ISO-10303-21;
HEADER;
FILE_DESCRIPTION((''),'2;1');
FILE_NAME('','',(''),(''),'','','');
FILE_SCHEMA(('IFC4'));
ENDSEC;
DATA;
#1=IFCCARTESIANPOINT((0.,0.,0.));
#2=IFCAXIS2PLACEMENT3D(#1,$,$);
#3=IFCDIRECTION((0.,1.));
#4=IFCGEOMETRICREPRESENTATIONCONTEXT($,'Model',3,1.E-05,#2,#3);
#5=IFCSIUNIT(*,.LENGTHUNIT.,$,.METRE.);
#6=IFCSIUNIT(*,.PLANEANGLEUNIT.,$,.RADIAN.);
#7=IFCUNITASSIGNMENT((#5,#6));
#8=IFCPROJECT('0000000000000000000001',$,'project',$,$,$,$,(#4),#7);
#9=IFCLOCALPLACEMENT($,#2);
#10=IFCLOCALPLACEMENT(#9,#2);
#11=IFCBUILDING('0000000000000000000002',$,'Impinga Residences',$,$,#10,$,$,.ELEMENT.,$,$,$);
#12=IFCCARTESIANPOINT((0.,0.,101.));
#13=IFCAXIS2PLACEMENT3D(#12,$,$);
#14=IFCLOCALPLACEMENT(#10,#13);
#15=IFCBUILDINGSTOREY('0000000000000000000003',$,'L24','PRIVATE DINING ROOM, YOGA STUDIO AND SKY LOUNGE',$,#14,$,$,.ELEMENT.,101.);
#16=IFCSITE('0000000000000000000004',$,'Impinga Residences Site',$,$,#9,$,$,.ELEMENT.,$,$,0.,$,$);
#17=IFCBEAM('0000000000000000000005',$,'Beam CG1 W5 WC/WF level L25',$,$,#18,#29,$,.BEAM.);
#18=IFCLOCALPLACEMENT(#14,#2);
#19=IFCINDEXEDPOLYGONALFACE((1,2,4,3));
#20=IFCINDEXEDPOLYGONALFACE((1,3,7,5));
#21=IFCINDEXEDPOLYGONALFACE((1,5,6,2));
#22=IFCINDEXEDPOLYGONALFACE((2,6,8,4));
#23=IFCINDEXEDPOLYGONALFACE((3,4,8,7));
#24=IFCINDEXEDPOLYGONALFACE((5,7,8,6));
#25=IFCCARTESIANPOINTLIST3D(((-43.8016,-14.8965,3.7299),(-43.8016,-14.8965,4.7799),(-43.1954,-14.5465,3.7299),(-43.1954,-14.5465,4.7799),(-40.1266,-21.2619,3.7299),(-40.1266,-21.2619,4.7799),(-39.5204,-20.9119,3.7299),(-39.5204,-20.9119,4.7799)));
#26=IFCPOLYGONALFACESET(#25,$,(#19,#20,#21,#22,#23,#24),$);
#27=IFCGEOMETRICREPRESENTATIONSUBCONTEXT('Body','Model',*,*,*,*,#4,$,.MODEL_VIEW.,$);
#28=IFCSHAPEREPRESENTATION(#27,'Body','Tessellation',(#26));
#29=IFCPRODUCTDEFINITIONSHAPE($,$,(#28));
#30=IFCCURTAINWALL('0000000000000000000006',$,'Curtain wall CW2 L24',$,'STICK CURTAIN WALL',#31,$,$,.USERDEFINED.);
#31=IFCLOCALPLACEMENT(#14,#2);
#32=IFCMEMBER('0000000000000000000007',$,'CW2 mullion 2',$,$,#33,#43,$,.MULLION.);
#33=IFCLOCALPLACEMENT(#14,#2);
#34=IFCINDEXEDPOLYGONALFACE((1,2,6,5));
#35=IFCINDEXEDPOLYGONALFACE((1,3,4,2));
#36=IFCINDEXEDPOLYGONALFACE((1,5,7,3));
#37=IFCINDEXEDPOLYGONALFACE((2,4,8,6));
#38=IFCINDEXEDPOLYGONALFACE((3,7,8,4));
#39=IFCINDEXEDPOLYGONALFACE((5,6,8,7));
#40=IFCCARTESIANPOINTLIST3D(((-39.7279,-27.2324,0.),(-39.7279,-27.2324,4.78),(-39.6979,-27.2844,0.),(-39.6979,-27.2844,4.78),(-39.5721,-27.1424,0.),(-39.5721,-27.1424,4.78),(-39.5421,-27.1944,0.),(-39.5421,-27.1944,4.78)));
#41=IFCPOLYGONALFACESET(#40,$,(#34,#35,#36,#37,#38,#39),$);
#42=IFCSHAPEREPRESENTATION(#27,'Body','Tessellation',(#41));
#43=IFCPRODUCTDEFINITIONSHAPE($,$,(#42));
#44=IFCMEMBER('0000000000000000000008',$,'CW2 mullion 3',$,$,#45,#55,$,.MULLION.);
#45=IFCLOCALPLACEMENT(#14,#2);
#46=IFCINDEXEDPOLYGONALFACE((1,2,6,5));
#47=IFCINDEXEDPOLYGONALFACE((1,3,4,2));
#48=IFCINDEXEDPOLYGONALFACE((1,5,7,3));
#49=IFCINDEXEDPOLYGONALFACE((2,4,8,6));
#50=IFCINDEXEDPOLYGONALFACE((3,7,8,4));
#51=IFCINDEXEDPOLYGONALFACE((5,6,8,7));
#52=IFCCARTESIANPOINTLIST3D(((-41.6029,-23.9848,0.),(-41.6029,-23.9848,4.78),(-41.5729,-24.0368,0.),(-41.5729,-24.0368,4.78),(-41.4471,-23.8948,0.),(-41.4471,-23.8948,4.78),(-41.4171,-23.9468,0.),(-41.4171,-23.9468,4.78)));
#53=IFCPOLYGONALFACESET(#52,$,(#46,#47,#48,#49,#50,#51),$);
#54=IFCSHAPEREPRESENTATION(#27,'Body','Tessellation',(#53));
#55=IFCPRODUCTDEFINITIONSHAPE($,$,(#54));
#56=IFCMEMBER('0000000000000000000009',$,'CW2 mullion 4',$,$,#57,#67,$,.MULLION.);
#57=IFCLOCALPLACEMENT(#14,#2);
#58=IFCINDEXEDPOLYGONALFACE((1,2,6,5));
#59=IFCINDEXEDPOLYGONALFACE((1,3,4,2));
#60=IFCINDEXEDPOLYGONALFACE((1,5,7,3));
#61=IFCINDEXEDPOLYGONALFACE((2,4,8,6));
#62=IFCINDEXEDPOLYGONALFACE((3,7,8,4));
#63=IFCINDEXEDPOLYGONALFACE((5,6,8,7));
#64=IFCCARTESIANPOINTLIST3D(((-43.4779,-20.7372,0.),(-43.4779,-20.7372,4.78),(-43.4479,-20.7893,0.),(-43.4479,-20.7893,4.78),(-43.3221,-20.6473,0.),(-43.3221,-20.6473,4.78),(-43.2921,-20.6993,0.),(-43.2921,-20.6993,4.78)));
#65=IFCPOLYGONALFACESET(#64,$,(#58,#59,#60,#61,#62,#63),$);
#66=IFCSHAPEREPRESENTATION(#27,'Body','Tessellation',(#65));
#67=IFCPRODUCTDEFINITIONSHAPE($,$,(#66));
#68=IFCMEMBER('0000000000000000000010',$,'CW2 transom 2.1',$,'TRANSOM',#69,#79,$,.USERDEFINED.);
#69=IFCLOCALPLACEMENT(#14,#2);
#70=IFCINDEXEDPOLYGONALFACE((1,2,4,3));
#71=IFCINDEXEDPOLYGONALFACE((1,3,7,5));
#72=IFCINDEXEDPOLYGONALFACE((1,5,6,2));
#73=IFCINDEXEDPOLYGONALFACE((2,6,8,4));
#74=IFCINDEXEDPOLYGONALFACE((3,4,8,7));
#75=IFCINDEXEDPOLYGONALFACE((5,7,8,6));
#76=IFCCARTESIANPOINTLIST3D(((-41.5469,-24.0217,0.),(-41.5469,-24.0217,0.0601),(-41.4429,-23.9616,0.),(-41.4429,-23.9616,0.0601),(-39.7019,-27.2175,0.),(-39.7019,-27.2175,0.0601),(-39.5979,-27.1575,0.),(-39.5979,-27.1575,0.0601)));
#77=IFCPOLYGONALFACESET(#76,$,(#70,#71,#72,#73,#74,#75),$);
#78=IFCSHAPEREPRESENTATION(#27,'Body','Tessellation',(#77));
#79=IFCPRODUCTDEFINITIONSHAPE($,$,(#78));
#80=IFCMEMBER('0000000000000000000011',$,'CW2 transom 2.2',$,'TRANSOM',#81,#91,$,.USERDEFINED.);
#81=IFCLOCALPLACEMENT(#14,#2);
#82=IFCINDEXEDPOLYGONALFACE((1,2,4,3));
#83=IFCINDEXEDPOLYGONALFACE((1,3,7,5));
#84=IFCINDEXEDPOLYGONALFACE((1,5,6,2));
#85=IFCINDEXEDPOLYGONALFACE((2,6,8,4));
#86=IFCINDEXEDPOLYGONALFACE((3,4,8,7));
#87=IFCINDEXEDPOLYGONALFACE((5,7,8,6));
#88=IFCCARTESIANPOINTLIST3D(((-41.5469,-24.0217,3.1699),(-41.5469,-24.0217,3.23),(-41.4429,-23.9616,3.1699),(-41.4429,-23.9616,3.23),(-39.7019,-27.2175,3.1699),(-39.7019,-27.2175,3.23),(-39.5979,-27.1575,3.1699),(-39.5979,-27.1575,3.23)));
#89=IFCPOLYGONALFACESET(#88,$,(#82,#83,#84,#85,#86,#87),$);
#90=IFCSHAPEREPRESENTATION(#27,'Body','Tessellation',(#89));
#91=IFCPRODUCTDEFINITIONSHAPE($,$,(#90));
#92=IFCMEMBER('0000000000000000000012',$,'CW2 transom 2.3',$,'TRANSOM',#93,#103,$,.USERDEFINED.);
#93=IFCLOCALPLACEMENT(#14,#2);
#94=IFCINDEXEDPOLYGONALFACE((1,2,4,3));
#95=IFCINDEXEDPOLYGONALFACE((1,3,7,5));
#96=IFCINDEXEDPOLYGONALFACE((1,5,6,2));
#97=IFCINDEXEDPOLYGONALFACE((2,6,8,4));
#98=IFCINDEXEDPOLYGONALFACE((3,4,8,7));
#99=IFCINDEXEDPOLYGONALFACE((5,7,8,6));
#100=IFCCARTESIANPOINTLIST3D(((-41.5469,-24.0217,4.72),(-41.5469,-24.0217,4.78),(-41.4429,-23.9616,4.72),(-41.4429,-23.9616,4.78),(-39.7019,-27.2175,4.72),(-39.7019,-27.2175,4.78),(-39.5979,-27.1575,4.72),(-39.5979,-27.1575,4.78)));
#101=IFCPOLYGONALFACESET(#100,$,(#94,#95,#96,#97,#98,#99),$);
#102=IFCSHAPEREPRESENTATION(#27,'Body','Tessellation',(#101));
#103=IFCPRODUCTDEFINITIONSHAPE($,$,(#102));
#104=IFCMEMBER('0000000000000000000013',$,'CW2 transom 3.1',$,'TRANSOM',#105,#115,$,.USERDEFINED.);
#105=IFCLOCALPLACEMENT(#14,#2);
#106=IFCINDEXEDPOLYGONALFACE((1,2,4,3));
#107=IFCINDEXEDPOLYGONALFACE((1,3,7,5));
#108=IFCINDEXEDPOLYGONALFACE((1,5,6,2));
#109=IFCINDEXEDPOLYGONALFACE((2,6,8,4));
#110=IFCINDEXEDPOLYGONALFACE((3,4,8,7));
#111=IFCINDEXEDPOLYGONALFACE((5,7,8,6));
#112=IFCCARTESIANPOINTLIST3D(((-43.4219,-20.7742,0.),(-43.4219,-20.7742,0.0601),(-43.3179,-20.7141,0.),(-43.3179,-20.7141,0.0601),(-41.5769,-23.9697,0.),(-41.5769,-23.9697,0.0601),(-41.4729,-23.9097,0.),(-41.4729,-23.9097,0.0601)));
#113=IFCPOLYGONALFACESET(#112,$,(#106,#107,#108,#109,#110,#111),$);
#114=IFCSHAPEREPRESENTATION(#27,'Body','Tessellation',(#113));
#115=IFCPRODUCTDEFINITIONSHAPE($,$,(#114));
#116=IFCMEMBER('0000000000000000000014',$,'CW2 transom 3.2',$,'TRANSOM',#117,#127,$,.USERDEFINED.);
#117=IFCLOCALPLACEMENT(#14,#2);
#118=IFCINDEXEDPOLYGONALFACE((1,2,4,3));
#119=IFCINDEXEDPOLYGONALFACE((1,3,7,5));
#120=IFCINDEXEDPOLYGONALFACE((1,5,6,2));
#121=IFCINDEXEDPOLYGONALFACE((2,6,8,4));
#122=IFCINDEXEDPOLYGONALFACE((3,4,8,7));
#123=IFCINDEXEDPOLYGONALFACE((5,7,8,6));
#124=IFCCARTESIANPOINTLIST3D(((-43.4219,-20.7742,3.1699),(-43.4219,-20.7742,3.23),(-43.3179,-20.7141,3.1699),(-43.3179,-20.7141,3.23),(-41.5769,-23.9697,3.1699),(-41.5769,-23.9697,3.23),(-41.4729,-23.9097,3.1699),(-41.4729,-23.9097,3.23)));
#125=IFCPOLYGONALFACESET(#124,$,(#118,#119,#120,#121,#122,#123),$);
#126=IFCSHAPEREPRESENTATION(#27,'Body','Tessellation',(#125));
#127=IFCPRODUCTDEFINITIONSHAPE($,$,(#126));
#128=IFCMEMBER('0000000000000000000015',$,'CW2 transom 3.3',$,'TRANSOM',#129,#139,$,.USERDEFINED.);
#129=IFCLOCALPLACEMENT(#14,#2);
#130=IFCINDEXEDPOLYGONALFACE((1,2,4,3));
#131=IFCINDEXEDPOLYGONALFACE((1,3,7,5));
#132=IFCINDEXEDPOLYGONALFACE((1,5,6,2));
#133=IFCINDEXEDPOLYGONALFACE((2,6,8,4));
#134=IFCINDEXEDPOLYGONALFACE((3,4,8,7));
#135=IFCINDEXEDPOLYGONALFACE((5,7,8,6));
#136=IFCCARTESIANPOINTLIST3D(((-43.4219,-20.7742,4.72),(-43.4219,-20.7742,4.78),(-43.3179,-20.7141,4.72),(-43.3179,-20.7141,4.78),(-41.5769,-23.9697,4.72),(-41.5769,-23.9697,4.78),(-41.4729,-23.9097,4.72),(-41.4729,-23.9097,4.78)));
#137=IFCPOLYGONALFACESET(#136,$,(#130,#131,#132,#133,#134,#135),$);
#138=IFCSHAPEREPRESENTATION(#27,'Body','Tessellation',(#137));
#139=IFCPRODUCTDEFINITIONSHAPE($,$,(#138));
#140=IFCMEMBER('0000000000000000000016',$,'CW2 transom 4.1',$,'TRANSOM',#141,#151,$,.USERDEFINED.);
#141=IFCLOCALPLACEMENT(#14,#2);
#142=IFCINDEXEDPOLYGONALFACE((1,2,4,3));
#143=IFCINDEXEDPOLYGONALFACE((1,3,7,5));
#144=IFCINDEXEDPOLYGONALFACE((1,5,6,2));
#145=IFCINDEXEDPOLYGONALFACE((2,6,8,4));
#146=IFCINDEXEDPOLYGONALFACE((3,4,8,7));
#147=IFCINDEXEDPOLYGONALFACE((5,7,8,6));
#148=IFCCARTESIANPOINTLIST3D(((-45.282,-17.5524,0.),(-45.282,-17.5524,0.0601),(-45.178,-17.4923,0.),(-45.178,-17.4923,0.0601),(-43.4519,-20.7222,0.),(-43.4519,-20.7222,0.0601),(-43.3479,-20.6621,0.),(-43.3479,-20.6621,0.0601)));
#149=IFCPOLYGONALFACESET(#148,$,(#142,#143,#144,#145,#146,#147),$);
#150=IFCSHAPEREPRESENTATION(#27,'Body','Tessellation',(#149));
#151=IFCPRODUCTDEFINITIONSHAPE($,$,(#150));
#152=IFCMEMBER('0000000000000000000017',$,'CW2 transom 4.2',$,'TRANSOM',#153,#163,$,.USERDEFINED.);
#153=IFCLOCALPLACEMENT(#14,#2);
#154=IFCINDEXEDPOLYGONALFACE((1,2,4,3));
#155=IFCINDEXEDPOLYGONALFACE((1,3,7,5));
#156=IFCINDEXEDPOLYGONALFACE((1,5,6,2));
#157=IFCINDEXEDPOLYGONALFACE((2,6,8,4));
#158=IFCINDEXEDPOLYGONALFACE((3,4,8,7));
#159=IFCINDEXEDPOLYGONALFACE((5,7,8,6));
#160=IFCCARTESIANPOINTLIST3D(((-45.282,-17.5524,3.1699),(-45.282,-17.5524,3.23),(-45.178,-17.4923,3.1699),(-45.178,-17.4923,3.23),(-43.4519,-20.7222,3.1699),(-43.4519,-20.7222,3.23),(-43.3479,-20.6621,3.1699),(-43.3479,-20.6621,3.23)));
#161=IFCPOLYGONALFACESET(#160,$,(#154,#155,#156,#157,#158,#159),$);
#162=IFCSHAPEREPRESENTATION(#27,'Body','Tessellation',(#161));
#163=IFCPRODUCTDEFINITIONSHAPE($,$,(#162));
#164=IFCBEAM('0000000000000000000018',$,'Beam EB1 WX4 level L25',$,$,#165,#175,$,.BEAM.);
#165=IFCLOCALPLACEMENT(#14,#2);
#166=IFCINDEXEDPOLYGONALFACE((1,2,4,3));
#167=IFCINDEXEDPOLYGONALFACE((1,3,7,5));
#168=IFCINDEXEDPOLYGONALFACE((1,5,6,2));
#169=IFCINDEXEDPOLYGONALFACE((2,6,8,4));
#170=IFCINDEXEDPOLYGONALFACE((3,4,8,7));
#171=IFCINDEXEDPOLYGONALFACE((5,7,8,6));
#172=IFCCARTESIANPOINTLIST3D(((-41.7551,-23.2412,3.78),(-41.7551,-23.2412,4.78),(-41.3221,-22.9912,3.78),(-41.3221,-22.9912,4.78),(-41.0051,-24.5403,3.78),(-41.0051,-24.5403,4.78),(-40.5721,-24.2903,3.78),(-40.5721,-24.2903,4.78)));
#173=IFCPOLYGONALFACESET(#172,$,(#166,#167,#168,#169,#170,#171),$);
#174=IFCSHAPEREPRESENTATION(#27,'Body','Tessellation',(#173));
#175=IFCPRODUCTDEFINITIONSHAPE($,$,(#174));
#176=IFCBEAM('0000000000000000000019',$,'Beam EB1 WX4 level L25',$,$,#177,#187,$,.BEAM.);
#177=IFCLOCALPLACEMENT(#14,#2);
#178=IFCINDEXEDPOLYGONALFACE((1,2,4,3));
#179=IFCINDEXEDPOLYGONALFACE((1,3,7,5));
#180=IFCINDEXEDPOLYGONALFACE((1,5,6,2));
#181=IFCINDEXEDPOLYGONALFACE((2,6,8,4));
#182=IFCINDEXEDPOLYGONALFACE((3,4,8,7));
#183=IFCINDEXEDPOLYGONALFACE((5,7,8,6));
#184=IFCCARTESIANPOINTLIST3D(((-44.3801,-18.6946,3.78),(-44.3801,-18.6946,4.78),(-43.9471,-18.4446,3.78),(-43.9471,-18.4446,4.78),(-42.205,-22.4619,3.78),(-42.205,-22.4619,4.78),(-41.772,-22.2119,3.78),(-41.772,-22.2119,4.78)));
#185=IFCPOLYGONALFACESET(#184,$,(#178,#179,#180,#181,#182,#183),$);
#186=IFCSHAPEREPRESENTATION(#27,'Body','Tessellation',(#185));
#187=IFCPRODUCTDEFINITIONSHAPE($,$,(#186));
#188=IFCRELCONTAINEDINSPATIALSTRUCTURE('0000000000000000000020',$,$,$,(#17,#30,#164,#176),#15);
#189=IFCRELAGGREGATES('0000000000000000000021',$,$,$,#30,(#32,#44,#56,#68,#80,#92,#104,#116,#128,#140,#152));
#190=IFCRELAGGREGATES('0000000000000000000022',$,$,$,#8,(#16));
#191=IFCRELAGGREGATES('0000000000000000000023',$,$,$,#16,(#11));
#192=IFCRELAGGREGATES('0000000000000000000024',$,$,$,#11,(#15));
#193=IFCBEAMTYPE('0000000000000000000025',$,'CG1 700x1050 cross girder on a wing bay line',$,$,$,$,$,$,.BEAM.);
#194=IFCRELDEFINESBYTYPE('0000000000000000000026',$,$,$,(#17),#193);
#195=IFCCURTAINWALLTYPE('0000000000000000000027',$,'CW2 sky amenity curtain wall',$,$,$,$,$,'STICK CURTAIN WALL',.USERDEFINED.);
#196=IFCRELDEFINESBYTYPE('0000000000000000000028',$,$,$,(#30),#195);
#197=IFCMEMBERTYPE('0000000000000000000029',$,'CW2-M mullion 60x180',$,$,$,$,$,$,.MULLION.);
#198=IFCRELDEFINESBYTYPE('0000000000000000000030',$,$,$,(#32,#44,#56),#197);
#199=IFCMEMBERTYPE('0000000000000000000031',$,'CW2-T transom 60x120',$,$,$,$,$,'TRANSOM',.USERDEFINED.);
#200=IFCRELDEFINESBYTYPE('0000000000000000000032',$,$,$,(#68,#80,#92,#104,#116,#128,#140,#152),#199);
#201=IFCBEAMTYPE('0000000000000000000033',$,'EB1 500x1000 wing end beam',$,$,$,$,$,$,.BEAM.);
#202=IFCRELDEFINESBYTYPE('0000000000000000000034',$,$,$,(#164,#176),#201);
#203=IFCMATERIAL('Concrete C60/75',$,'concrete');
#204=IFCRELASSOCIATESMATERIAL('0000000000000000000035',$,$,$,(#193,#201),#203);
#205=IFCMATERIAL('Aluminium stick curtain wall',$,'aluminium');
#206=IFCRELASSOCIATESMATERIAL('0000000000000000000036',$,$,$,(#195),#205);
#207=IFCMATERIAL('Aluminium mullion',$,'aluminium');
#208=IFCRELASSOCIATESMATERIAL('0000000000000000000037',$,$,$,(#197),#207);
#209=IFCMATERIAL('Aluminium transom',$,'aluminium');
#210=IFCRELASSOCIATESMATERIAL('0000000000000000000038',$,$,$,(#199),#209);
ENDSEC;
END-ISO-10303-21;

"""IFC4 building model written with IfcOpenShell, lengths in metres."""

from ifc_helpers import new_model, si_unit, direction, frame, origin, origin_2d, place, context, subcontext, project, spatial, rectangle, extrude, material, material_profile, profile_set, type_object, element, aggregate, save


model = new_model("IFC4")

# Units and contexts
model_context = context("Model", 3, precision=1e-05, world=origin(), true_north=direction((0.0, 1.0)))
body_context = subcontext(model_context, "Body", "Model", "MODEL_VIEW")
ifc_project = project(units=[si_unit("LENGTHUNIT", "METRE"), si_unit("PLANEANGLEUNIT", "RADIAN")], contexts=[model_context])

# Site, building, storey
site_placement = place(None, origin())
site = spatial("IfcSite", under=ifc_project, at=site_placement, Name="Impinga Residences Site", CompositionType="ELEMENT", RefElevation=0.0)
building_placement = place(site_placement, origin())
building = spatial("IfcBuilding", under=site, at=building_placement, Name="Impinga Residences", CompositionType="ELEMENT")
storey_placement = place(building_placement, frame((0.0, 0.0, 101.0)))
storey = spatial("IfcBuildingStorey", under=building, at=storey_placement, Name="L24", Description="PRIVATE DINING ROOM, YOGA STUDIO AND SKY LOUNGE", CompositionType="ELEMENT", Elevation=101.0)

# Beam
ifc_material_1 = material(Name="Concrete C60/75", Category="concrete")
ifc_material_profile_1 = material_profile(ifc_material_1, rectangle(XDim=0.7, YDim=1.05, at=origin_2d()), Name="RC 700x1050")
ifc_profile_set_1 = profile_set([ifc_material_profile_1], Name="Concrete C60/75")
beam_type_1 = type_object("IfcBeamType", Name="CG1 700x1050 cross girder on a wing bay line", PredefinedType="BEAM", material=ifc_profile_set_1)
beam_1_placement = place(storey_placement, frame((-39.8235, -21.0869, 4.2549), z_axis=(-0.499994, 0.866029, 0.0), x_axis=(-0.866029, -0.499994, 0.0)))
element("IfcBeam", 1, at=beam_1_placement, inside=storey, type_object=beam_type_1, Name="Beam CG1 W5 WC/WF level L25", PredefinedType="BEAM", context=body_context, shape_type="SweptSolid", body=[
    extrude(rectangle(XDim=0.7, YDim=1.05, at=origin_2d()), origin(), (0.0, 0.0, 1.0), 7.3501),
])

# Curtain wall, members
ifc_material_2 = material(Name="Aluminium stick curtain wall", Category="aluminium")
curtain_wall_type = type_object("IfcCurtainWallType", Name="CW2 sky amenity curtain wall", ElementType="STICK CURTAIN WALL", PredefinedType="USERDEFINED", material=ifc_material_2)
curtain_wall_placement = place(storey_placement, origin())
curtain_wall = element("IfcCurtainWall", 2, at=curtain_wall_placement, inside=storey, type_object=curtain_wall_type, Name="Curtain wall CW2 L24", ObjectType="STICK CURTAIN WALL", PredefinedType="USERDEFINED")
ifc_material_3 = material(Name="Aluminium mullion", Category="aluminium")
ifc_material_profile_2 = material_profile(ifc_material_3, rectangle(XDim=0.0601, YDim=0.1799, at=origin_2d()), Name="60x180 mullion")
ifc_profile_set_2 = profile_set([ifc_material_profile_2], Name="Aluminium mullion")
member_type_1 = type_object("IfcMemberType", Name="CW2-M mullion 60x180", PredefinedType="MULLION", material=ifc_profile_set_2)
member_1_placement = place(storey_placement, frame((-39.635, -27.2134, 0.0), z_axis=(0.0, 0.0, 1.0), x_axis=(-0.5, 0.866025, 0.0)))
member_1 = element("IfcMember", 3, at=member_1_placement, type_object=member_type_1, Name="CW2 mullion 2", PredefinedType="MULLION", context=body_context, shape_type="SweptSolid", body=[
    extrude(rectangle(XDim=0.0601, YDim=0.1799, at=origin_2d()), origin(), (0.0, 0.0, 1.0), 4.78),
])
member_2_placement = place(storey_placement, frame((-41.51, -23.9658, 0.0), z_axis=(0.0, 0.0, 1.0), x_axis=(-0.5, 0.866025, 0.0)))
member_2 = element("IfcMember", 4, at=member_2_placement, type_object=member_type_1, Name="CW2 mullion 3", PredefinedType="MULLION", context=body_context, shape_type="SweptSolid", body=[
    extrude(rectangle(XDim=0.0601, YDim=0.1799, at=origin_2d()), origin(), (0.0, 0.0, 1.0), 4.78),
])
member_3_placement = place(storey_placement, frame((-43.385, -20.7183, 0.0), z_axis=(0.0, 0.0, 1.0), x_axis=(-0.5, 0.866025, 0.0)))
member_3 = element("IfcMember", 5, at=member_3_placement, type_object=member_type_1, Name="CW2 mullion 4", PredefinedType="MULLION", context=body_context, shape_type="SweptSolid", body=[
    extrude(rectangle(XDim=0.0601, YDim=0.1799, at=origin_2d()), origin(), (0.0, 0.0, 1.0), 4.78),
])
ifc_material_4 = material(Name="Aluminium transom", Category="aluminium")
ifc_material_profile_3 = material_profile(ifc_material_4, rectangle(XDim=0.0601, YDim=0.1201, at=origin_2d()), Name="60x120 transom")
ifc_profile_set_3 = profile_set([ifc_material_profile_3], Name="Aluminium transom")
member_type_2 = type_object("IfcMemberType", Name="CW2-T transom 60x120", ElementType="TRANSOM", PredefinedType="USERDEFINED", material=ifc_profile_set_3)
member_4_placement = place(storey_placement, frame((-39.6499, -27.1875, 0.03), z_axis=(-0.499974, 0.86604, 0.0), x_axis=(0.0, 0.0, 1.0)))
member_4 = element("IfcMember", 6, at=member_4_placement, type_object=member_type_2, Name="CW2 transom 2.1", ObjectType="TRANSOM", PredefinedType="USERDEFINED", context=body_context, shape_type="SweptSolid", body=[
    extrude(rectangle(XDim=0.0601, YDim=0.1201, at=origin_2d()), origin(), (0.0, 0.0, 1.0), 3.6902),
])
member_5_placement = place(storey_placement, frame((-39.6499, -27.1875, 3.2), z_axis=(-0.499974, 0.86604, 0.0), x_axis=(0.0, 0.0, 1.0)))
member_5 = element("IfcMember", 7, at=member_5_placement, type_object=member_type_2, Name="CW2 transom 2.2", ObjectType="TRANSOM", PredefinedType="USERDEFINED", context=body_context, shape_type="SweptSolid", body=[
    extrude(rectangle(XDim=0.0601, YDim=0.1201, at=origin_2d()), origin(), (0.0, 0.0, 1.0), 3.6902),
])
member_6_placement = place(storey_placement, frame((-39.6499, -27.1875, 4.75), z_axis=(-0.499974, 0.86604, 0.0), x_axis=(0.0, 0.0, 1.0)))
member_6 = element("IfcMember", 8, at=member_6_placement, type_object=member_type_2, Name="CW2 transom 2.3", ObjectType="TRANSOM", PredefinedType="USERDEFINED", context=body_context, shape_type="SweptSolid", body=[
    extrude(rectangle(XDim=0.0601, YDim=0.1201, at=origin_2d()), origin(), (0.0, 0.0, 1.0), 3.6902),
])
member_7_placement = place(storey_placement, frame((-41.5249, -23.9397, 0.03), z_axis=(-0.500003, 0.866024, 0.0), x_axis=(0.0, 0.0, 1.0)))
member_7 = element("IfcMember", 9, at=member_7_placement, type_object=member_type_2, Name="CW2 transom 3.1", ObjectType="TRANSOM", PredefinedType="USERDEFINED", context=body_context, shape_type="SweptSolid", body=[
    extrude(rectangle(XDim=0.0601, YDim=0.1201, at=origin_2d()), origin(), (0.0, 0.0, 1.0), 3.6899),
])
member_8_placement = place(storey_placement, frame((-41.5249, -23.9397, 3.2), z_axis=(-0.500003, 0.866024, 0.0), x_axis=(0.0, 0.0, 1.0)))
member_8 = element("IfcMember", 10, at=member_8_placement, type_object=member_type_2, Name="CW2 transom 3.2", ObjectType="TRANSOM", PredefinedType="USERDEFINED", context=body_context, shape_type="SweptSolid", body=[
    extrude(rectangle(XDim=0.0601, YDim=0.1201, at=origin_2d()), origin(), (0.0, 0.0, 1.0), 3.6899),
])
member_9_placement = place(storey_placement, frame((-41.5249, -23.9397, 4.75), z_axis=(-0.500003, 0.866024, 0.0), x_axis=(0.0, 0.0, 1.0)))
member_9 = element("IfcMember", 11, at=member_9_placement, type_object=member_type_2, Name="CW2 transom 3.3", ObjectType="TRANSOM", PredefinedType="USERDEFINED", context=body_context, shape_type="SweptSolid", body=[
    extrude(rectangle(XDim=0.0601, YDim=0.1201, at=origin_2d()), origin(), (0.0, 0.0, 1.0), 3.6899),
])
member_10_placement = place(storey_placement, frame((-43.3999, -20.6921, 0.03), z_axis=(-0.500013, 0.866018, 0.0), x_axis=(0.0, 0.0, 1.0)))
member_10 = element("IfcMember", 12, at=member_10_placement, type_object=member_type_2, Name="CW2 transom 4.1", ObjectType="TRANSOM", PredefinedType="USERDEFINED", context=body_context, shape_type="SweptSolid", body=[
    extrude(rectangle(XDim=0.0601, YDim=0.1201, at=origin_2d()), origin(), (0.0, 0.0, 1.0), 3.6602),
])
member_11_placement = place(storey_placement, frame((-43.3999, -20.6921, 3.2), z_axis=(-0.500013, 0.866018, 0.0), x_axis=(0.0, 0.0, 1.0)))
member_11 = element("IfcMember", 13, at=member_11_placement, type_object=member_type_2, Name="CW2 transom 4.2", ObjectType="TRANSOM", PredefinedType="USERDEFINED", context=body_context, shape_type="SweptSolid", body=[
    extrude(rectangle(XDim=0.0601, YDim=0.1201, at=origin_2d()), origin(), (0.0, 0.0, 1.0), 3.6602),
])

# Beams
ifc_material_profile_4 = material_profile(ifc_material_1, rectangle(XDim=0.5, YDim=1.0, at=origin_2d()), Name="RC 500x1000")
ifc_profile_set_4 = profile_set([ifc_material_profile_4], Name="Concrete C60/75")
beam_type_2 = type_object("IfcBeamType", Name="EB1 500x1000 wing end beam", PredefinedType="BEAM", material=ifc_profile_set_4)
beam_2_placement = place(storey_placement, frame((-40.7886, -24.4153, 4.28), z_axis=(-0.49999, 0.866031, 0.0), x_axis=(-0.866031, -0.49999, 0.0)))
element("IfcBeam", 14, at=beam_2_placement, inside=storey, type_object=beam_type_2, Name="Beam EB1 WX4 level L25", PredefinedType="BEAM", context=body_context, shape_type="SweptSolid", body=[
    extrude(rectangle(XDim=0.5, YDim=1.0, at=origin_2d()), origin(), (0.0, 0.0, 1.0), 1.5),
])
beam_3_placement = place(storey_placement, frame((-41.9885, -22.3369, 4.28), z_axis=(-0.499996, 0.866028, 0.0), x_axis=(-0.866028, -0.499996, 0.0)))
element("IfcBeam", 15, at=beam_3_placement, inside=storey, type_object=beam_type_2, Name="Beam EB1 WX4 level L25", PredefinedType="BEAM", context=body_context, shape_type="SweptSolid", body=[
    extrude(rectangle(XDim=0.5, YDim=1.0, at=origin_2d()), origin(), (0.0, 0.0, 1.0), 4.3501),
])

aggregate(curtain_wall, [member_1, member_2, member_3, member_4, member_5, member_6, member_7, member_8, member_9, member_10, member_11])

save(model, "model.ifc")
